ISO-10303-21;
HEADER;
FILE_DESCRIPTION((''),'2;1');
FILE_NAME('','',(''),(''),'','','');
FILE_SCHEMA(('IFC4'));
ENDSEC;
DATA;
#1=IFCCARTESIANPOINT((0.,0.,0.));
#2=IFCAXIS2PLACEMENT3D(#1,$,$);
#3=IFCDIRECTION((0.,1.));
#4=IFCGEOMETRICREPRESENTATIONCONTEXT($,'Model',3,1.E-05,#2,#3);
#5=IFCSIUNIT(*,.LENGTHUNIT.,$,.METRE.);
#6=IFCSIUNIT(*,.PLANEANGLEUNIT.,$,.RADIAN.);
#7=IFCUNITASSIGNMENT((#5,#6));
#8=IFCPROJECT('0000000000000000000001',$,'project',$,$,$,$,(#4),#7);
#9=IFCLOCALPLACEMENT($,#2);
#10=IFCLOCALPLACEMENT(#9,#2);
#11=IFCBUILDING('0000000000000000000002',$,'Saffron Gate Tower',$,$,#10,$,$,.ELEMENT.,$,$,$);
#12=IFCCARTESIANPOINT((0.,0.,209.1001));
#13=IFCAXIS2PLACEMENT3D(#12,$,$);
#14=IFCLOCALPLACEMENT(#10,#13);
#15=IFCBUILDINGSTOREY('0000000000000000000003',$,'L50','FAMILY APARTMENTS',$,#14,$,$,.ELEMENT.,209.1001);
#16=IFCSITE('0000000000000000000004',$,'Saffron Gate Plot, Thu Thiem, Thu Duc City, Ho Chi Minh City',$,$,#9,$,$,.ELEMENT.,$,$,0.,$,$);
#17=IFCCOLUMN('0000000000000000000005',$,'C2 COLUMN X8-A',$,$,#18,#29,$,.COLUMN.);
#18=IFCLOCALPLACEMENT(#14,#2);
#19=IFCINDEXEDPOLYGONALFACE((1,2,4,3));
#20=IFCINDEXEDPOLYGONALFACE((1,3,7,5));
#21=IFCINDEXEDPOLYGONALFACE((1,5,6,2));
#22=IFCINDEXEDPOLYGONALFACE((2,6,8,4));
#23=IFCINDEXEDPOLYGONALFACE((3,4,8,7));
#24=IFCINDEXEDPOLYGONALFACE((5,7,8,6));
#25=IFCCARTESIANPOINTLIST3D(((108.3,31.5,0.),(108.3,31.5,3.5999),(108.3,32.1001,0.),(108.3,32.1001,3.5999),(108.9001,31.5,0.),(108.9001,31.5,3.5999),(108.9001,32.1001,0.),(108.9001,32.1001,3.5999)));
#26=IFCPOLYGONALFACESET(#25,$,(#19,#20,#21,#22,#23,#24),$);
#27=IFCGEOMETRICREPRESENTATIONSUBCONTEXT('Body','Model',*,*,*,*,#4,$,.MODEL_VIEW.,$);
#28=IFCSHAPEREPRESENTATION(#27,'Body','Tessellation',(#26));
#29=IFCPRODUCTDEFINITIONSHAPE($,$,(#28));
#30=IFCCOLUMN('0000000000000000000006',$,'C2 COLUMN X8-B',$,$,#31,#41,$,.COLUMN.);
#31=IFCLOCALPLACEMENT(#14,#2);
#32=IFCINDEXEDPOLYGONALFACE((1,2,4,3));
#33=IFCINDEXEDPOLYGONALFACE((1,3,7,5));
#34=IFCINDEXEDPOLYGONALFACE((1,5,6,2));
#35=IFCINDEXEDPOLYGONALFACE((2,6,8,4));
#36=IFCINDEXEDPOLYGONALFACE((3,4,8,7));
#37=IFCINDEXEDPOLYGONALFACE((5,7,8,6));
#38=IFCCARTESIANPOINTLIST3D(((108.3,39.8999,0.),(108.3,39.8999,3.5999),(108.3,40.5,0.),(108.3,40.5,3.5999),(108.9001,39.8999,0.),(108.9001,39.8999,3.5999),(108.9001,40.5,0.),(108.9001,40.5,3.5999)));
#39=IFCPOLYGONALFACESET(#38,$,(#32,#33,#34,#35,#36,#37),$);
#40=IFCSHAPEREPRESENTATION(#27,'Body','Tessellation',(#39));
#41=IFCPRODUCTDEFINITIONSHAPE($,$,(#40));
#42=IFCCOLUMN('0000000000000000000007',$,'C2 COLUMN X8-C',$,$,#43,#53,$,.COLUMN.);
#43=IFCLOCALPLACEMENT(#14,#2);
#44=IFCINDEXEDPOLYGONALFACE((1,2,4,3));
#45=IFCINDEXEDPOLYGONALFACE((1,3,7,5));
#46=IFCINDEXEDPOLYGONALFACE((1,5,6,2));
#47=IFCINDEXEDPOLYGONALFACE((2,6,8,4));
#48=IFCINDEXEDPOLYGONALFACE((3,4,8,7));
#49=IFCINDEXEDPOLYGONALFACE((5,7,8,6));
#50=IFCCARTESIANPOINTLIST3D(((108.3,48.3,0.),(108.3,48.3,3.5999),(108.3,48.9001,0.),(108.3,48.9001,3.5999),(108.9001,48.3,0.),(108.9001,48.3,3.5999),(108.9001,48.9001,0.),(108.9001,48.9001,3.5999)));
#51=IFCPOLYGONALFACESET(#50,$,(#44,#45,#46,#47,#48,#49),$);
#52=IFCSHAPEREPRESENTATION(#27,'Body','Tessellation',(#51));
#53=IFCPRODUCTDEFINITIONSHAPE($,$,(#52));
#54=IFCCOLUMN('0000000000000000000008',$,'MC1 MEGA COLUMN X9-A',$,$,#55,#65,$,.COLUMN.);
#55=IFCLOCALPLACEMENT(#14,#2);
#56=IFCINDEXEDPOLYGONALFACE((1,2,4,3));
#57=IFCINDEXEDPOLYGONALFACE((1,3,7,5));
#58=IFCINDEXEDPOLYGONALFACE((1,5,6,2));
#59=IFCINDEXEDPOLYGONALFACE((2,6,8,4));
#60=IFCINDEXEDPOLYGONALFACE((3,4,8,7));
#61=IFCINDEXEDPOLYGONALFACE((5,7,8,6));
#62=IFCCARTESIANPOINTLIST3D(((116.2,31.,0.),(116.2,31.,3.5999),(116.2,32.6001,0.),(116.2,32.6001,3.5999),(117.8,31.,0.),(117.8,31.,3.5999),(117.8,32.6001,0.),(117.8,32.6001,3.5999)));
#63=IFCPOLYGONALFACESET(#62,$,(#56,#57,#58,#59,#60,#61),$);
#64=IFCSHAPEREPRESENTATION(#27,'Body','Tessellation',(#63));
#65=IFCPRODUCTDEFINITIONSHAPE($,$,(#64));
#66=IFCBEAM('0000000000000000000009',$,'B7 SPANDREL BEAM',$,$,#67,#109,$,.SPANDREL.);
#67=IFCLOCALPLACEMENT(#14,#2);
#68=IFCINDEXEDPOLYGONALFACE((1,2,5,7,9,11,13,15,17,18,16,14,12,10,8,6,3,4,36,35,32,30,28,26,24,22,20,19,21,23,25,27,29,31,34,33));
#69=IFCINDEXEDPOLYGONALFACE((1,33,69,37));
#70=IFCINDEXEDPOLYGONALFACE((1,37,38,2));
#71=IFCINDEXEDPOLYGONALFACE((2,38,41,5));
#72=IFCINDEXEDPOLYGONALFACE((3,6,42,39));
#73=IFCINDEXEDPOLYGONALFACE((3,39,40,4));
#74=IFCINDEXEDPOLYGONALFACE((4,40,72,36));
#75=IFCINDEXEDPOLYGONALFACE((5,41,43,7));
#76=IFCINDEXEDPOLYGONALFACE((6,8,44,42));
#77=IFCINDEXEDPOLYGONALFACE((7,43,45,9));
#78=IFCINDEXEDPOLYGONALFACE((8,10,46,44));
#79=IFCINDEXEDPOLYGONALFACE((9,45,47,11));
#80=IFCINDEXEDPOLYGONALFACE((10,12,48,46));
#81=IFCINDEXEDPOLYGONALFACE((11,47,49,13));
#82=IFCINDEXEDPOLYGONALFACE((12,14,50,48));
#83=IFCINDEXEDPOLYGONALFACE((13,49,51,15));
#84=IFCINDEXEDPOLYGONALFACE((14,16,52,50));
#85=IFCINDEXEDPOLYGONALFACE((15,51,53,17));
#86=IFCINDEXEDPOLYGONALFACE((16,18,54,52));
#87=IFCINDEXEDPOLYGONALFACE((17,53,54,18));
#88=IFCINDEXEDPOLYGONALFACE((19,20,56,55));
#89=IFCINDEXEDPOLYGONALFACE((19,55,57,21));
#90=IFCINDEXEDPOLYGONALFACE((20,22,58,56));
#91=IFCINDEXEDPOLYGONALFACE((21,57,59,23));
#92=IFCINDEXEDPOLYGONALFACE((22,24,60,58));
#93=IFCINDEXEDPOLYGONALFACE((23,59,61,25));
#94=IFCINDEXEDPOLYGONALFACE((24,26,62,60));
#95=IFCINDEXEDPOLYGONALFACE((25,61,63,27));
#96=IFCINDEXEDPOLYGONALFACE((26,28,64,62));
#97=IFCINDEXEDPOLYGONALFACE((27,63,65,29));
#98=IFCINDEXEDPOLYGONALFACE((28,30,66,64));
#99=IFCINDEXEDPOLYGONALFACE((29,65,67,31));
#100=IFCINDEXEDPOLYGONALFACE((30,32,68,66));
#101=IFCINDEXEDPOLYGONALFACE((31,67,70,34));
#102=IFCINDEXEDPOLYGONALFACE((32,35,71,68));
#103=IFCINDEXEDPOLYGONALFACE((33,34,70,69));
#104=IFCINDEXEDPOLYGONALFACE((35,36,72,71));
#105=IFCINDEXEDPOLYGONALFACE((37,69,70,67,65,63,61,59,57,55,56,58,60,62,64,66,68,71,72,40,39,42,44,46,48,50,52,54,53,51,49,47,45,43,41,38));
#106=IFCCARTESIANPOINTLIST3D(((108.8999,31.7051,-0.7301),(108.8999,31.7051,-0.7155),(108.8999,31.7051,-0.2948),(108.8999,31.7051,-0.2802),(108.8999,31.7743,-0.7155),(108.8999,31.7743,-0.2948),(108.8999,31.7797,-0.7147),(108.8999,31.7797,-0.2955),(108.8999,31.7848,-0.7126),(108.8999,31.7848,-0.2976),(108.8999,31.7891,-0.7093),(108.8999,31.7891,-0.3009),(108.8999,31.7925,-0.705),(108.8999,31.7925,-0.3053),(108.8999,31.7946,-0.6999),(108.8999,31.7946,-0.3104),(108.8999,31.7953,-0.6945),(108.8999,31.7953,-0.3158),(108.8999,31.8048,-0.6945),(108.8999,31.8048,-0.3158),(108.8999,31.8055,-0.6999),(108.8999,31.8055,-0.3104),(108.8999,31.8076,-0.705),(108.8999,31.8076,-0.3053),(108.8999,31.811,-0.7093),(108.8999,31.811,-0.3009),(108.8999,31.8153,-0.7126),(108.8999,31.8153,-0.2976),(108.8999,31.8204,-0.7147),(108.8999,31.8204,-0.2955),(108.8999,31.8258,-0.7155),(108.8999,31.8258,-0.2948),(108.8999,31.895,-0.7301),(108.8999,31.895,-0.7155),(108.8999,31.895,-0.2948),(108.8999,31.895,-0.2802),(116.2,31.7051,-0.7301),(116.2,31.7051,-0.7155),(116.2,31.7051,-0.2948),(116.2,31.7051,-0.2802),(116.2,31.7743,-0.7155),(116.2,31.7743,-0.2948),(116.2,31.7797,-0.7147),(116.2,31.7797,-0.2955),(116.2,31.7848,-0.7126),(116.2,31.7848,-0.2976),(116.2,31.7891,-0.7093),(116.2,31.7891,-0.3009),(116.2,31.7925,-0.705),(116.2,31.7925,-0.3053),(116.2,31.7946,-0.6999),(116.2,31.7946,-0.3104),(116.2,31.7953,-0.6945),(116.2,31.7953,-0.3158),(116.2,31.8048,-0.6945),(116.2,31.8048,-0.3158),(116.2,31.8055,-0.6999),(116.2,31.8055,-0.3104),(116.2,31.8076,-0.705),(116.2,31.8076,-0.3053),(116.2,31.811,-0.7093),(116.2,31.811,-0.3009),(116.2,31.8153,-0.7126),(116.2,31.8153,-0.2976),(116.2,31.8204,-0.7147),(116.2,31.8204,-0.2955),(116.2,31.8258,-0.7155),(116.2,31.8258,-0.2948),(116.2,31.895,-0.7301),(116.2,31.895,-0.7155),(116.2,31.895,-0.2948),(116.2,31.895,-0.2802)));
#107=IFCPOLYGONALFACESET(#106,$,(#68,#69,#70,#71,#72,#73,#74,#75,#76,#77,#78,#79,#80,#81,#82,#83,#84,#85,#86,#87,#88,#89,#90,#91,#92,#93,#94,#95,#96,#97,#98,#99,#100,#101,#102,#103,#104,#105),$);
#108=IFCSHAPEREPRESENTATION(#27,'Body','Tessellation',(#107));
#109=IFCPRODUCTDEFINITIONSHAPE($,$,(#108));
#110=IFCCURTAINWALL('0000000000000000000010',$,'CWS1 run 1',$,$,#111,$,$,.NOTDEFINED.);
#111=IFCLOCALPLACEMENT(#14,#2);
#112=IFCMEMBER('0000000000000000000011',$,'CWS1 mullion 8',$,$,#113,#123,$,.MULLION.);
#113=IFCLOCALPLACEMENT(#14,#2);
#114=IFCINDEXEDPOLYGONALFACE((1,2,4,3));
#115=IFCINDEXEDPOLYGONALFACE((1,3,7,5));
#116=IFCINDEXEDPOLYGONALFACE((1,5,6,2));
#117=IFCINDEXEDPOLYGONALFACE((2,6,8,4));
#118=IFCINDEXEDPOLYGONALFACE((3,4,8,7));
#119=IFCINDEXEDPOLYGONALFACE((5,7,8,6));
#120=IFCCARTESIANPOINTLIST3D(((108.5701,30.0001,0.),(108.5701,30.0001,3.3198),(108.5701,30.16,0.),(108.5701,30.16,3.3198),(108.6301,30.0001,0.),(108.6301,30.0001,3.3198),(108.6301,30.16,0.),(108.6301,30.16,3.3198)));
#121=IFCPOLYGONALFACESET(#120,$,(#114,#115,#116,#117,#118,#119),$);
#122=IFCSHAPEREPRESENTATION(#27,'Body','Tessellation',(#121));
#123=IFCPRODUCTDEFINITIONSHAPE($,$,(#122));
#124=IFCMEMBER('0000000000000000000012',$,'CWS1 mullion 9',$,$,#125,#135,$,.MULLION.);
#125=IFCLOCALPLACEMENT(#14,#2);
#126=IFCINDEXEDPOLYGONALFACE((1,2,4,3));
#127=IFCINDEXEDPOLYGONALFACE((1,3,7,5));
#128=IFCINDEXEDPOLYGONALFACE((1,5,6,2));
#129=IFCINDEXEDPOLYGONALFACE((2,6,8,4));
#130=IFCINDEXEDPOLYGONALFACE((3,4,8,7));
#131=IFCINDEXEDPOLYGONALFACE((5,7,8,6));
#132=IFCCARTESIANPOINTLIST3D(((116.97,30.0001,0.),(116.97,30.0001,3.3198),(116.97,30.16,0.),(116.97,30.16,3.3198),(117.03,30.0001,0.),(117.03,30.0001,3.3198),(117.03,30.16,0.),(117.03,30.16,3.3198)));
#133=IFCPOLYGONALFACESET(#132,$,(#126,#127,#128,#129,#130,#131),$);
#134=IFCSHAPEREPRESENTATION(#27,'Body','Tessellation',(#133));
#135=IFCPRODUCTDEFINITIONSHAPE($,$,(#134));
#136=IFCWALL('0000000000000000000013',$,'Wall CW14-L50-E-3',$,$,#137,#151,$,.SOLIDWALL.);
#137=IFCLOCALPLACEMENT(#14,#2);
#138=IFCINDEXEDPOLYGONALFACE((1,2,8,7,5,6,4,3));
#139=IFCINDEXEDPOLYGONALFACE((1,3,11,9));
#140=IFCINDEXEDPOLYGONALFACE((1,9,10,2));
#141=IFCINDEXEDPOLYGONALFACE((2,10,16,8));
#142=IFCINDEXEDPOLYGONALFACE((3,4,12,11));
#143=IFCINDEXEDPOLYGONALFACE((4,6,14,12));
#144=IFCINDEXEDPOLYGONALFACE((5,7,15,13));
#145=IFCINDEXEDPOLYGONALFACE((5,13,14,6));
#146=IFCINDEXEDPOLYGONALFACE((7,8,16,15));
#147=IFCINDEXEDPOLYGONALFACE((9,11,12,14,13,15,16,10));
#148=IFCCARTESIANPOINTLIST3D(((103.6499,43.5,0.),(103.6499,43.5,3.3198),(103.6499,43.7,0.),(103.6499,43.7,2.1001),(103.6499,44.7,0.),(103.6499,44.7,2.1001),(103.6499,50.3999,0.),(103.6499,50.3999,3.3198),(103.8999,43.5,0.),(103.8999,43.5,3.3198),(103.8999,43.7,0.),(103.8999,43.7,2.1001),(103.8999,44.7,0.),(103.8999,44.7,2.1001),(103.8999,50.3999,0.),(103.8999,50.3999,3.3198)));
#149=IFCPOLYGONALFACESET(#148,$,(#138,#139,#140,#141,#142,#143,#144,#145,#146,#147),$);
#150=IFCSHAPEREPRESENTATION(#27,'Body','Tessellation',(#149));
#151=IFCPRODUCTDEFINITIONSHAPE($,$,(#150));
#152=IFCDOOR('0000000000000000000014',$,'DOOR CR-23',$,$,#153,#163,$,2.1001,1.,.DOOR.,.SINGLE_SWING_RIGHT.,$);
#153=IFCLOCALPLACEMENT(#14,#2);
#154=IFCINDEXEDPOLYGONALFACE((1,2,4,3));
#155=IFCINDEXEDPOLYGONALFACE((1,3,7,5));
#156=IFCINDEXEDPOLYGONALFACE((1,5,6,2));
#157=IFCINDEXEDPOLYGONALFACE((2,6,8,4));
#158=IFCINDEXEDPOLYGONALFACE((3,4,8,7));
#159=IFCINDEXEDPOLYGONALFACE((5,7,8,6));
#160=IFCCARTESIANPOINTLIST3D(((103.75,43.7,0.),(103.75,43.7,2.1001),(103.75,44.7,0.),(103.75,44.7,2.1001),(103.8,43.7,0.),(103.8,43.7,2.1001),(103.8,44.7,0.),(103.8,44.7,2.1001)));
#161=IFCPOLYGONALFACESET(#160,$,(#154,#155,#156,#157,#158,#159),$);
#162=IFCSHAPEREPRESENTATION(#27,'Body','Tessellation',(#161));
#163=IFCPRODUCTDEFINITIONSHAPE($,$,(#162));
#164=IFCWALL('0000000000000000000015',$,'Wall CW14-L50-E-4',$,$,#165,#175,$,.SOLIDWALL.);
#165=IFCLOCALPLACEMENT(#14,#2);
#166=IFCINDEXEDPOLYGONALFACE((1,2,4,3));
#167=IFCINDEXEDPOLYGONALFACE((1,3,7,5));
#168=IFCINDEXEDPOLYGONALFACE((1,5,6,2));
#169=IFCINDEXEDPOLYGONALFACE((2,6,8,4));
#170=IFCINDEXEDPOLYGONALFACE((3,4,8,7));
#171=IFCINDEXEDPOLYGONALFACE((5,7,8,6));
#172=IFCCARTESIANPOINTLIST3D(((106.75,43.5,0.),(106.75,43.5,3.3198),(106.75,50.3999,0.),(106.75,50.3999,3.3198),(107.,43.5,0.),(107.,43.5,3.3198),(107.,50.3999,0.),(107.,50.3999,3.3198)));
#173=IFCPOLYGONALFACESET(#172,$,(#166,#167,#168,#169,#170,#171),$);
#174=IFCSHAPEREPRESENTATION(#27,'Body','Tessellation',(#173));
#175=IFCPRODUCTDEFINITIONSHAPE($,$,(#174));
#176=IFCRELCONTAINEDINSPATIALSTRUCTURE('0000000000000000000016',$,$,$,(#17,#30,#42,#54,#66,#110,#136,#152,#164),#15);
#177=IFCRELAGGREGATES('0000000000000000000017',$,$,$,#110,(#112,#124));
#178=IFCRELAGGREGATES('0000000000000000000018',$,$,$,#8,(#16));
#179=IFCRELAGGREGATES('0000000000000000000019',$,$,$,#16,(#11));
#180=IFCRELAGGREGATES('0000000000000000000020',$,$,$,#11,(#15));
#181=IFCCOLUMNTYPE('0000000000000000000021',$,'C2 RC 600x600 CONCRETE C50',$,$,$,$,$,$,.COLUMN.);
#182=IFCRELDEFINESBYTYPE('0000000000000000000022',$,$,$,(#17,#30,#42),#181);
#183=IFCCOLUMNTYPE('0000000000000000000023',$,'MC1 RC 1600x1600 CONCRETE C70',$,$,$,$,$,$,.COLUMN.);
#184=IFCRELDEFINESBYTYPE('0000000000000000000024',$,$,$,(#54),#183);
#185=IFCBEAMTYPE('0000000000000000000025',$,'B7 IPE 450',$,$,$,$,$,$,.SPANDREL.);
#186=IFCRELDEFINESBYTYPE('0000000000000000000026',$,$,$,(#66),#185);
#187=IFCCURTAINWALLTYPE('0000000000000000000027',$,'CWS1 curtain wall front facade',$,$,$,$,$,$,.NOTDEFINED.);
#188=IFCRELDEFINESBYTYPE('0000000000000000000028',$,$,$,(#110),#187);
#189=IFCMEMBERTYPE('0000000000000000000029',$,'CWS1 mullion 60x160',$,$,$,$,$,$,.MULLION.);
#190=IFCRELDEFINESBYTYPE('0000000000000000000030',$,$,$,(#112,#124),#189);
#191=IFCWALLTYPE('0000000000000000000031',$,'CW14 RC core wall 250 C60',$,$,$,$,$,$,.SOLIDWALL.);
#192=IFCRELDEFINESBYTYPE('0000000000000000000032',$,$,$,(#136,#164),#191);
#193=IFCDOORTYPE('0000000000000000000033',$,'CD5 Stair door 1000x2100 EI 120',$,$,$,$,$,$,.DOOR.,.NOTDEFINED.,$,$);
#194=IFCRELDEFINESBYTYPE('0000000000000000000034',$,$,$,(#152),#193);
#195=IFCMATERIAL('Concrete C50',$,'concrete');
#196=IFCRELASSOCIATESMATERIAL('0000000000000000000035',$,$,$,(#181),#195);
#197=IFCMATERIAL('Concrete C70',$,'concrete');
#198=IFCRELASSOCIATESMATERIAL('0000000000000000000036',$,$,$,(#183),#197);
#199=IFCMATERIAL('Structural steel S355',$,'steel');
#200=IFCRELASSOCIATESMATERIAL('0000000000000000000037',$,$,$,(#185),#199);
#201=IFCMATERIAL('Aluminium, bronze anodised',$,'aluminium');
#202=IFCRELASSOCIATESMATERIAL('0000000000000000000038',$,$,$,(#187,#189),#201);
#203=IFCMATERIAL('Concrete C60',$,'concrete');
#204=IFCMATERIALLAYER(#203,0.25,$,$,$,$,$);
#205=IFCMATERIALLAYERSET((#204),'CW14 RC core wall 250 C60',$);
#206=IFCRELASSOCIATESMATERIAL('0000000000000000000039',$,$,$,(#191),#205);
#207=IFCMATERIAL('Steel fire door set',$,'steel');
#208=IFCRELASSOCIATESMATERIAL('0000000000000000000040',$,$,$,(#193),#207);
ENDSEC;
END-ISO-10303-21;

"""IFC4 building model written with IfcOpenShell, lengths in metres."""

from ifc_helpers import new_model, si_unit, direction, frame, frame_2d, origin, origin_2d, place, context, subcontext, project, spatial, rectangle, i_section, extrude, material, layer, layer_set, material_profile, profile_set, type_object, element, fill, aggregate, save


model = new_model("IFC4")

# Units and contexts
model_context = context("Model", 3, precision=1e-05, world=origin(), true_north=direction((0.0, 1.0)))
body_context = subcontext(model_context, "Body", "Model", "MODEL_VIEW")
ifc_project = project(units=[si_unit("LENGTHUNIT", "METRE"), si_unit("PLANEANGLEUNIT", "RADIAN")], contexts=[model_context])

# Site, building, storey
site_placement = place(None, origin())
site = spatial("IfcSite", under=ifc_project, at=site_placement, Name="Saffron Gate Plot, Thu Thiem, Thu Duc City, Ho Chi Minh City", CompositionType="ELEMENT", RefElevation=0.0)
building_placement = place(site_placement, origin())
building = spatial("IfcBuilding", under=site, at=building_placement, Name="Saffron Gate Tower", CompositionType="ELEMENT")
storey_placement = place(building_placement, frame((0.0, 0.0, 209.1001)))
storey = spatial("IfcBuildingStorey", under=building, at=storey_placement, Name="L50", Description="FAMILY APARTMENTS", CompositionType="ELEMENT", Elevation=209.1001)

# Columns
ifc_material_1 = material(Name="Concrete C50", Category="concrete")
ifc_material_profile_1 = material_profile(ifc_material_1, rectangle(XDim=0.6001, YDim=0.6001, at=origin_2d()))
ifc_profile_set_1 = profile_set([ifc_material_profile_1], Name="Concrete C50")
column_type_1 = type_object("IfcColumnType", Name="C2 RC 600x600 CONCRETE C50", PredefinedType="COLUMN", material=ifc_profile_set_1)
for number, where, z_axis, x_axis, name in (
    (1, (108.6001, 31.8, 0.0), (0.0, 0.0, 1.0), (1.0, 0.0, 0.0), "C2 COLUMN X8-A"),
    (2, (108.6001, 40.2, 0.0), (0.0, 0.0, 1.0), (1.0, 0.0, 0.0), "C2 COLUMN X8-B"),
    (3, (108.6001, 48.6001, 0.0), (0.0, 0.0, 1.0), (1.0, 0.0, 0.0), "C2 COLUMN X8-C"),
):
    element("IfcColumn", number, at=place(storey_placement, frame(where, z_axis=z_axis, x_axis=x_axis)), inside=storey, type_object=column_type_1, Name=name, PredefinedType="COLUMN", context=body_context, shape_type="SweptSolid", body=[
        extrude(rectangle(XDim=0.6001, YDim=0.6001, at=origin_2d()), origin(), (0.0, 0.0, 1.0), 3.5999),
    ])
ifc_material_2 = material(Name="Concrete C70", Category="concrete")
ifc_material_profile_2 = material_profile(ifc_material_2, rectangle(XDim=1.6001, YDim=1.6001, at=origin_2d()))
ifc_profile_set_2 = profile_set([ifc_material_profile_2], Name="Concrete C70")
column_type_2 = type_object("IfcColumnType", Name="MC1 RC 1600x1600 CONCRETE C70", PredefinedType="COLUMN", material=ifc_profile_set_2)
column_placement = place(storey_placement, frame((117.0, 31.8, 0.0), z_axis=(0.0, 0.0, 1.0), x_axis=(1.0, 0.0, 0.0)))
element("IfcColumn", 4, at=column_placement, inside=storey, type_object=column_type_2, Name="MC1 MEGA COLUMN X9-A", PredefinedType="COLUMN", context=body_context, shape_type="SweptSolid", body=[
    extrude(rectangle(XDim=1.6001, YDim=1.6001, at=origin_2d()), origin(), (0.0, 0.0, 1.0), 3.5999),
])

# Beam
ifc_material_3 = material(Name="Structural steel S355", Category="steel")
ifc_material_profile_3 = material_profile(ifc_material_3, i_section(OverallWidth=0.1899, OverallDepth=0.45, WebThickness=0.0095, FlangeThickness=0.0146, FilletRadius=0.021, at=origin_2d()))
ifc_profile_set_3 = profile_set([ifc_material_profile_3], Name="Structural steel S355")
beam_type = type_object("IfcBeamType", Name="B7 IPE 450", PredefinedType="SPANDREL", material=ifc_profile_set_3)
beam_placement = place(storey_placement, frame((108.8999, 31.8, -0.5051), z_axis=(1.0, 0.0, 0.0), x_axis=(0.0, 1.0, 0.0)))
element("IfcBeam", 5, at=beam_placement, inside=storey, type_object=beam_type, Name="B7 SPANDREL BEAM", PredefinedType="SPANDREL", context=body_context, shape_type="SweptSolid", body=[
    extrude(i_section(OverallWidth=0.1899, OverallDepth=0.45, WebThickness=0.0095, FlangeThickness=0.0146, FilletRadius=0.021, at=origin_2d()), origin(), (0.0, 0.0, 1.0), 7.3),
])

# Curtain wall, members
ifc_material_4 = material(Name="Aluminium, bronze anodised", Category="aluminium")
curtain_wall_type = type_object("IfcCurtainWallType", Name="CWS1 curtain wall front facade", PredefinedType="NOTDEFINED", material=ifc_material_4)
curtain_wall_placement = place(storey_placement, origin())
curtain_wall = element("IfcCurtainWall", 6, at=curtain_wall_placement, inside=storey, type_object=curtain_wall_type, Name="CWS1 run 1", PredefinedType="NOTDEFINED")
ifc_material_profile_4 = material_profile(ifc_material_4, rectangle(XDim=0.1599, YDim=0.0601, at=origin_2d()))
ifc_profile_set_4 = profile_set([ifc_material_profile_4], Name="Aluminium, bronze anodised")
member_type = type_object("IfcMemberType", Name="CWS1 mullion 60x160", PredefinedType="MULLION", material=ifc_profile_set_4)
member_1_placement = place(storey_placement, frame((108.6001, 30.0801, 0.0), z_axis=(0.0, 0.0, 1.0), x_axis=(0.0, 1.0, 0.0)))
member_1 = element("IfcMember", 7, at=member_1_placement, type_object=member_type, Name="CWS1 mullion 8", PredefinedType="MULLION", context=body_context, shape_type="SweptSolid", body=[
    extrude(rectangle(XDim=0.1599, YDim=0.0601, at=origin_2d()), origin(), (0.0, 0.0, 1.0), 3.3198),
])
member_2_placement = place(storey_placement, frame((117.0, 30.0801, 0.0), z_axis=(0.0, 0.0, 1.0), x_axis=(0.0, 1.0, 0.0)))
member_2 = element("IfcMember", 8, at=member_2_placement, type_object=member_type, Name="CWS1 mullion 9", PredefinedType="MULLION", context=body_context, shape_type="SweptSolid", body=[
    extrude(rectangle(XDim=0.1599, YDim=0.0601, at=origin_2d()), origin(), (0.0, 0.0, 1.0), 3.3198),
])
aggregate(curtain_wall, [member_1, member_2])

# Wall, opening, door
ifc_material_5 = material(Name="Concrete C60", Category="concrete")
ifc_layer_1 = layer(ifc_material_5, 0.25)
ifc_layer_set_1 = layer_set([ifc_layer_1], Name="CW14 RC core wall 250 C60")
wall_type_1 = type_object("IfcWallType", Name="CW14 RC core wall 250 C60", PredefinedType="SOLIDWALL", material=ifc_layer_set_1)
wall_1_placement = place(storey_placement, frame((103.7749, 43.5, 0.0), z_axis=(0.0, 0.0, 1.0), x_axis=(0.0, 1.0, 0.0)))
wall_1 = element("IfcWall", 9, at=wall_1_placement, inside=storey, type_object=wall_type_1, Name="Wall CW14-L50-E-3", PredefinedType="SOLIDWALL", context=body_context, shape_type="SweptSolid", body=[
    extrude(rectangle(XDim=6.8999, YDim=0.25, at=frame_2d((3.45, 0.0))), origin(), (0.0, 0.0, 1.0), 3.3198),
])
opening_1_placement = place(wall_1_placement, frame((0.2, 0.0, 0.0)))
opening_1 = element("IfcOpeningElement", 10, at=opening_1_placement, cuts=wall_1, PredefinedType="OPENING", context=body_context, shape_type="SweptSolid", body=[
    extrude(rectangle(XDim=1.0, YDim=2.1001, at=frame_2d((0.5, 1.05))), frame((0.0, 0.135, 0.0), z_axis=(0.0, -1.0, 0.0), x_axis=(1.0, 0.0, 0.0)), (0.0, 0.0, 1.0), 0.27),
])
ifc_material_6 = material(Name="Steel fire door set", Category="steel")
door_type_1 = type_object("IfcDoorType", Name="CD5 Stair door 1000x2100 EI 120", OperationType="NOTDEFINED", PredefinedType="DOOR", material=ifc_material_6)
door_1_placement = place(opening_1_placement, origin())
door_1 = element("IfcDoor", 11, at=door_1_placement, inside=storey, type_object=door_type_1, Name="DOOR CR-23", OperationType="SINGLE_SWING_RIGHT", OverallHeight=2.1001, OverallWidth=1.0, PredefinedType="DOOR", context=body_context, shape_type="SweptSolid", body=[
    extrude(rectangle(XDim=1.0, YDim=2.1001, at=frame_2d((0.5, 1.05))), frame((0.0, 0.0249, 0.0), z_axis=(0.0, -1.0, 0.0), x_axis=(1.0, 0.0, 0.0)), (0.0, 0.0, 1.0), 0.05),
])
fill(opening_1, door_1)

# Wall
wall_2_placement = place(storey_placement, frame((106.875, 43.5, 0.0), z_axis=(0.0, 0.0, 1.0), x_axis=(0.0, 1.0, 0.0)))
element("IfcWall", 12, at=wall_2_placement, inside=storey, type_object=wall_type_1, Name="Wall CW14-L50-E-4", PredefinedType="SOLIDWALL", context=body_context, shape_type="SweptSolid", body=[
    extrude(rectangle(XDim=6.8999, YDim=0.25, at=frame_2d((3.45, 0.0))), origin(), (0.0, 0.0, 1.0), 3.3198),
])

save(model, "model.ifc")
